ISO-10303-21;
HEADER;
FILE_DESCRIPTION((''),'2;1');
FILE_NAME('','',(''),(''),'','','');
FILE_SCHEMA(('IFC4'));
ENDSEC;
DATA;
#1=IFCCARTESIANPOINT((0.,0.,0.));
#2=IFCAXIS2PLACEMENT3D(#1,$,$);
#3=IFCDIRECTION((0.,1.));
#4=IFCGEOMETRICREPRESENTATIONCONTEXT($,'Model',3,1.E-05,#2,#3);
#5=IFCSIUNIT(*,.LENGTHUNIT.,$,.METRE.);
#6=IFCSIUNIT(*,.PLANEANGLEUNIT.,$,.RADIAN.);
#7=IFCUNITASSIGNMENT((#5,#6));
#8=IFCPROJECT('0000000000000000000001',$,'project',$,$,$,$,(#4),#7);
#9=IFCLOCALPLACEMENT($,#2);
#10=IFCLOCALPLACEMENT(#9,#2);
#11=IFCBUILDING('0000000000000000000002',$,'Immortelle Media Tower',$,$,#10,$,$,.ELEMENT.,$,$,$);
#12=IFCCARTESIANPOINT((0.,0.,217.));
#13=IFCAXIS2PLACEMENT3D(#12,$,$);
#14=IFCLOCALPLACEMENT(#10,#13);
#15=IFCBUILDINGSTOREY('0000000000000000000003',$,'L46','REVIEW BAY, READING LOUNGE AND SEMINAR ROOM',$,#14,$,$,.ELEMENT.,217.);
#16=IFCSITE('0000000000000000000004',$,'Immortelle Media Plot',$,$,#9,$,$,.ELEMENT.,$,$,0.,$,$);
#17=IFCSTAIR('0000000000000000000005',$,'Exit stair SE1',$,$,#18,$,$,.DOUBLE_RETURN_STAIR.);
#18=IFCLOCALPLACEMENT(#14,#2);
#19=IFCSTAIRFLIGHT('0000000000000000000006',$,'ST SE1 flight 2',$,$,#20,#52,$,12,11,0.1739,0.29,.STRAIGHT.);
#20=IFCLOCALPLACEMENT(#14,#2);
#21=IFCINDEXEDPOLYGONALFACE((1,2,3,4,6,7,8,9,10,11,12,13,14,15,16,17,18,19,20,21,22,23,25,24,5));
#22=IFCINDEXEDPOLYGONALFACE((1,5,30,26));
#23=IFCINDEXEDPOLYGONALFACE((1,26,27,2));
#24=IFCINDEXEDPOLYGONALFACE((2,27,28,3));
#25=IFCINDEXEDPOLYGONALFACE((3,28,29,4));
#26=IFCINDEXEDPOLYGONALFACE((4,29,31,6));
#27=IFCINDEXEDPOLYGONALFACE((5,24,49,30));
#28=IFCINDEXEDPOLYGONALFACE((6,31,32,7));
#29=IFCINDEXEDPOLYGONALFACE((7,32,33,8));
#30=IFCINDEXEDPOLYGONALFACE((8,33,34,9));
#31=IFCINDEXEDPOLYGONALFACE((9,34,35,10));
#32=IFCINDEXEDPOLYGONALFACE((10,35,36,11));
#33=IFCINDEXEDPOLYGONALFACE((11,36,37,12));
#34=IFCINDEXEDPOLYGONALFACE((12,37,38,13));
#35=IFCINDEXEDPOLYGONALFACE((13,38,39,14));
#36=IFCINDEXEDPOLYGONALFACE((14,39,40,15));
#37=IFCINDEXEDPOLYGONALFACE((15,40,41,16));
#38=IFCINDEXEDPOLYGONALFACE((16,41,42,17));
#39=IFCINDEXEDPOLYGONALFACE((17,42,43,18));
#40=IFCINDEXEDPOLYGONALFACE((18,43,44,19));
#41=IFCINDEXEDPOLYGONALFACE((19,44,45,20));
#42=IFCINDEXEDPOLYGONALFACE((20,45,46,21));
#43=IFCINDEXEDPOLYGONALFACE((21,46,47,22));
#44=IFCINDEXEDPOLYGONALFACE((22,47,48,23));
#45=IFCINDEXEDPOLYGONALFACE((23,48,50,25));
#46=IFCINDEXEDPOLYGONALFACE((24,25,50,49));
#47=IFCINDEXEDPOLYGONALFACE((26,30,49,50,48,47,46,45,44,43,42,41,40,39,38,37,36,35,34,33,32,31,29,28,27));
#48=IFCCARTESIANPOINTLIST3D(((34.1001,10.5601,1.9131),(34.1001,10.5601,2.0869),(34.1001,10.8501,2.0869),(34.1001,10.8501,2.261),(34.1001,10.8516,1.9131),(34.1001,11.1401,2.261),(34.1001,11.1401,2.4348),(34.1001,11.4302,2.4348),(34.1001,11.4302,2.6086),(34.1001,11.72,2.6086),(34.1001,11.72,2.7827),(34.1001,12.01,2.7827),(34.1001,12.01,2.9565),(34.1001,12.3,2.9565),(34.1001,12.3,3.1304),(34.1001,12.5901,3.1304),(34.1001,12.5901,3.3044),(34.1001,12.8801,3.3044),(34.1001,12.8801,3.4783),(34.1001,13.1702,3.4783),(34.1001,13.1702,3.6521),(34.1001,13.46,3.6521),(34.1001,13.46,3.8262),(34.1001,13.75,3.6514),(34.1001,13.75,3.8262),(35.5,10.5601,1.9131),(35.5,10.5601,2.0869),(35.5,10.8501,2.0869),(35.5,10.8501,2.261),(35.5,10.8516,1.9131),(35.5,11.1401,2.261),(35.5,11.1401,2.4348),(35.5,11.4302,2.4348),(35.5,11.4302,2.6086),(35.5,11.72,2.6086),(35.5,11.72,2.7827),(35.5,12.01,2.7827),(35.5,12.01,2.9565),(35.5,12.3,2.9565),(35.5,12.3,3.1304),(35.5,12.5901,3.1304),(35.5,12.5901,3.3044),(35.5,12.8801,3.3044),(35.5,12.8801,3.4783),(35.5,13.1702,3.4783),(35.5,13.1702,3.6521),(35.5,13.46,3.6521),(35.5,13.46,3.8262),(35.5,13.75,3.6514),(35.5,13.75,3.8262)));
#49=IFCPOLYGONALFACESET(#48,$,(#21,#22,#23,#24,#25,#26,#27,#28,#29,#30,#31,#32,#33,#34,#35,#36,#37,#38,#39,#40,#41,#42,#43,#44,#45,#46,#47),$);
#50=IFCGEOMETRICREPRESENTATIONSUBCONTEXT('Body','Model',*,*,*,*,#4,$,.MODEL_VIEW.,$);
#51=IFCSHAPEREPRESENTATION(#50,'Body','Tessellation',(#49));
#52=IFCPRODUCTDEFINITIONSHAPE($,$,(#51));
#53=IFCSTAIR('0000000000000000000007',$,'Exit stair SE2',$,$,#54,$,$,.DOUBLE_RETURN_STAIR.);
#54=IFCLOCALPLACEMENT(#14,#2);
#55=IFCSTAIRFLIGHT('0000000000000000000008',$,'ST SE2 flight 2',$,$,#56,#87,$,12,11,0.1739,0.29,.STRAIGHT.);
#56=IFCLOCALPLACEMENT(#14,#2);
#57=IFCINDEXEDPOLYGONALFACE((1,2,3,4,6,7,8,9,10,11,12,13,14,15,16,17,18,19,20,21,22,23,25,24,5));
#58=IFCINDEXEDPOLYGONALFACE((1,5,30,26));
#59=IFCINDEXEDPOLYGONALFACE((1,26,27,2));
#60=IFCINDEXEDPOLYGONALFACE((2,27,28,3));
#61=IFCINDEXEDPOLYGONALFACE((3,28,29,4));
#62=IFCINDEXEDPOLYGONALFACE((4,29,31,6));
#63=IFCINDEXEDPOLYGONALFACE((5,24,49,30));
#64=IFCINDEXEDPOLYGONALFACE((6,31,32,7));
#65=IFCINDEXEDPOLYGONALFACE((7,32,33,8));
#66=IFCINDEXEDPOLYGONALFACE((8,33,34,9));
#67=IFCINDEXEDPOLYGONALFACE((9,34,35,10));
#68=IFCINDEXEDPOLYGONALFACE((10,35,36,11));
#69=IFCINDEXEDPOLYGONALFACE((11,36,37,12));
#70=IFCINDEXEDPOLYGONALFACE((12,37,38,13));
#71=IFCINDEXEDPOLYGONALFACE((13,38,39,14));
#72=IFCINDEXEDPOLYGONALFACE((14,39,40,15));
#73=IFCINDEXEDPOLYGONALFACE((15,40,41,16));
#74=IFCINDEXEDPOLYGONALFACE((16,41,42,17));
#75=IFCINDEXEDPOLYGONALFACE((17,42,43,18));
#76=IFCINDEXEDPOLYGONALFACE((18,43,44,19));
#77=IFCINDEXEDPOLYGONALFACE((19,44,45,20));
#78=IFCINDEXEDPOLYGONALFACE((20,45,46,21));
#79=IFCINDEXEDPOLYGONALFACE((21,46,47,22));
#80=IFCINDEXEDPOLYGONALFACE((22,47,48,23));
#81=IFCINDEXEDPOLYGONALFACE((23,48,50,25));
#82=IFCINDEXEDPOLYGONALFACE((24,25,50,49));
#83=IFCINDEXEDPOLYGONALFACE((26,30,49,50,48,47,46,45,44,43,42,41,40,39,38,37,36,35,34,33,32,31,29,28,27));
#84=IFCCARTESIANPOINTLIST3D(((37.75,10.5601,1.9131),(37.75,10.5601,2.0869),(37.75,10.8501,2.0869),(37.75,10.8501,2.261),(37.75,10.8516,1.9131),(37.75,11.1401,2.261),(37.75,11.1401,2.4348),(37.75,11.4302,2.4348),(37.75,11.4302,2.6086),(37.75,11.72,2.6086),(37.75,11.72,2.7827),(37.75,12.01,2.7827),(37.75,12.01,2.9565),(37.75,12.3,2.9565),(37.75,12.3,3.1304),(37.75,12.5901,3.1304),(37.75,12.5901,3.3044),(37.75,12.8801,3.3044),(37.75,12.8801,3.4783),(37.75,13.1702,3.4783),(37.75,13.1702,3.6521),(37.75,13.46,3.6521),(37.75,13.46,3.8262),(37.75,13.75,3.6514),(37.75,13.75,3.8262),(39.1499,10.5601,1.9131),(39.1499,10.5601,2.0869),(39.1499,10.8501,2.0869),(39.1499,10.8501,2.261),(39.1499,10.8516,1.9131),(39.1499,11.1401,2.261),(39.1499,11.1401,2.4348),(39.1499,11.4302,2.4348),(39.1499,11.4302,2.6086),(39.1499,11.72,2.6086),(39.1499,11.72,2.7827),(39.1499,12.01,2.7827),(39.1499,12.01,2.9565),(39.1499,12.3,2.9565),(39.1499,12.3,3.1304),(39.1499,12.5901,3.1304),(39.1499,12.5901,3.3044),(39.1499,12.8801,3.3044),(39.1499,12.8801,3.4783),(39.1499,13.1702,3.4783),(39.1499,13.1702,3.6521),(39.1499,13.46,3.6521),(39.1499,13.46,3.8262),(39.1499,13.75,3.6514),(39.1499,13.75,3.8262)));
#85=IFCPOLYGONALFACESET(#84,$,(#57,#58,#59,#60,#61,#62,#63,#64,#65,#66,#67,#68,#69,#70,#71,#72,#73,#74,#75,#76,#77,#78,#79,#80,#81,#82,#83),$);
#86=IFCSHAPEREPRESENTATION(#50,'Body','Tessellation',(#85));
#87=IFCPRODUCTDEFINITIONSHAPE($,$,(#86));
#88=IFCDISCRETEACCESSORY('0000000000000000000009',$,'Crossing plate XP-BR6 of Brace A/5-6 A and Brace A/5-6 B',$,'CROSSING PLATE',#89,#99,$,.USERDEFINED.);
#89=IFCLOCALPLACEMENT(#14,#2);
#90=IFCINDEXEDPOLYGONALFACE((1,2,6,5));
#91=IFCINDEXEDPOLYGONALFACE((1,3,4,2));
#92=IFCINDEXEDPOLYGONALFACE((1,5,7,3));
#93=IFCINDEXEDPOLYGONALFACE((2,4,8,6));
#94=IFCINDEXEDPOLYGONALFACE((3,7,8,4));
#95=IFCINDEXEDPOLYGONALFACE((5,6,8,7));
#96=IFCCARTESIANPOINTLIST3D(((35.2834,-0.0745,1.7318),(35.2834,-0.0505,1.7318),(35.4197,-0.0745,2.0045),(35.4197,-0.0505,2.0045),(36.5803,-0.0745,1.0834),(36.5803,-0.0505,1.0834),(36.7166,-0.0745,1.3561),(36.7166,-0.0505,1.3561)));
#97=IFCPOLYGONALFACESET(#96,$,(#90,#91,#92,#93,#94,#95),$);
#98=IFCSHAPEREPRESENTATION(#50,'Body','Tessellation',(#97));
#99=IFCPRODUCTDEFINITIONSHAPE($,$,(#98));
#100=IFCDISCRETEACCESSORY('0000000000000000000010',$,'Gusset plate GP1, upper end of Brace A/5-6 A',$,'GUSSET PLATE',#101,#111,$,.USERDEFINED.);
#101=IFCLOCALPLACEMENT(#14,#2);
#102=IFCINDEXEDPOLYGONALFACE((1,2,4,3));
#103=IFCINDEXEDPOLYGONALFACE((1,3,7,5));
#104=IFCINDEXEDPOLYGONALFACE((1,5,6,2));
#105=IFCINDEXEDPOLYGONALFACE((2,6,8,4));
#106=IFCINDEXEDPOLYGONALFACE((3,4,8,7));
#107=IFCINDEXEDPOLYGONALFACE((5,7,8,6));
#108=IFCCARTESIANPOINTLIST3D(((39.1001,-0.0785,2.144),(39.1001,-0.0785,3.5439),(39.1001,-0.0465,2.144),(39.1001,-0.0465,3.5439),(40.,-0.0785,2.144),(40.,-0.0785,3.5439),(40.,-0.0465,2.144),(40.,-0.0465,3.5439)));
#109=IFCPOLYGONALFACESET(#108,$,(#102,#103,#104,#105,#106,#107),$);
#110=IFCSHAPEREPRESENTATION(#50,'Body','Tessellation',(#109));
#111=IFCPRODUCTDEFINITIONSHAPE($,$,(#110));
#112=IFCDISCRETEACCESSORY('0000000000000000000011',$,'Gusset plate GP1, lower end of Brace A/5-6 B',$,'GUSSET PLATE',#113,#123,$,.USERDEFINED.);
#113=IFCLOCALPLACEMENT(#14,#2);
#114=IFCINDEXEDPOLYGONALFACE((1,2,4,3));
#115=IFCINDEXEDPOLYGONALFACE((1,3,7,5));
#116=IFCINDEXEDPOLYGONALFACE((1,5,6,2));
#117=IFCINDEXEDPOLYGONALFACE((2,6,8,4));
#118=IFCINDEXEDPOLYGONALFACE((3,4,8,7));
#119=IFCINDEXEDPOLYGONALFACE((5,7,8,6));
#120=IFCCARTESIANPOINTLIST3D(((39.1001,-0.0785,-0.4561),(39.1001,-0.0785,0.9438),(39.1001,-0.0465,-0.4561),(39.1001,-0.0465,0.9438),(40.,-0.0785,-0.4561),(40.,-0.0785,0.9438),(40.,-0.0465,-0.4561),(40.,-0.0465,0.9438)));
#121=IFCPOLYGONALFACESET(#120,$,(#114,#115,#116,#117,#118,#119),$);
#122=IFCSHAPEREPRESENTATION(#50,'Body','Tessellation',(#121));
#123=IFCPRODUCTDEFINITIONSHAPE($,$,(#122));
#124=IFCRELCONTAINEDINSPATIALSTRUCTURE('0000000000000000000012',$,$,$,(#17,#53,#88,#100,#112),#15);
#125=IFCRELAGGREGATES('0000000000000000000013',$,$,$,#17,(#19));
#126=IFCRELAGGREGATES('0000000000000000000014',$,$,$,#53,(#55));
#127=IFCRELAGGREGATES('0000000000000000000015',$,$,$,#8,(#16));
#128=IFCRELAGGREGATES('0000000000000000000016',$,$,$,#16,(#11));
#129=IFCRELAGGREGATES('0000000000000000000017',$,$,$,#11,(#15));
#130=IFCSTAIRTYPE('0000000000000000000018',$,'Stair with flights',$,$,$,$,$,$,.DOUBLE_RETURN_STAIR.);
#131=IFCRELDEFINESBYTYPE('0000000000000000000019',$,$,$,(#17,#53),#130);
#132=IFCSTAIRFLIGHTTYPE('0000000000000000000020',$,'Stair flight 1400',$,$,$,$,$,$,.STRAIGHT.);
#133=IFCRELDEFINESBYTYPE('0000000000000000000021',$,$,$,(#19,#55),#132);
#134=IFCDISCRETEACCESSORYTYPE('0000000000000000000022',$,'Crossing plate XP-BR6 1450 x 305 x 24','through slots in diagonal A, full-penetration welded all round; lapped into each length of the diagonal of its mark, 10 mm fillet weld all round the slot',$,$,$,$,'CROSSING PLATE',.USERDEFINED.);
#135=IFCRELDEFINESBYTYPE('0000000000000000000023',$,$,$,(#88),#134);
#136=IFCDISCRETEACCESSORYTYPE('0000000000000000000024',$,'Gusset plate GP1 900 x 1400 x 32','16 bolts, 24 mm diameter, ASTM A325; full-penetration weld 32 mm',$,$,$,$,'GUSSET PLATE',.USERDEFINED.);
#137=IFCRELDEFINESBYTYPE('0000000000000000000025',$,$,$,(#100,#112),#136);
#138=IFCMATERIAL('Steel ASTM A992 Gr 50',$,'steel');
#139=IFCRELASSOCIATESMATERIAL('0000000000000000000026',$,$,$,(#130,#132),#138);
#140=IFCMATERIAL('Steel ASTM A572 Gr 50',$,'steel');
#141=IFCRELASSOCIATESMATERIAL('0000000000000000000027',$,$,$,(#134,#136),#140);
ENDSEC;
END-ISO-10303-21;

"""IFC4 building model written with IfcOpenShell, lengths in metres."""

from ifc_helpers import new_model, si_unit, direction, frame, origin, origin_2d, place, context, subcontext, project, spatial, polyline, rectangle, outline, extrude, material, material_profile, profile_set, type_object, element, aggregate, save


model = new_model("IFC4")

# Units and contexts
model_context = context("Model", 3, precision=1e-05, world=origin(), true_north=direction((0.0, 1.0)))
body_context = subcontext(model_context, "Body", "Model", "MODEL_VIEW")
ifc_project = project(units=[si_unit("LENGTHUNIT", "METRE"), si_unit("PLANEANGLEUNIT", "RADIAN")], contexts=[model_context])

# Site, building, storey
site_placement = place(None, origin())
site = spatial("IfcSite", under=ifc_project, at=site_placement, Name="Immortelle Media Plot", CompositionType="ELEMENT", RefElevation=0.0)
building_placement = place(site_placement, origin())
building = spatial("IfcBuilding", under=site, at=building_placement, Name="Immortelle Media Tower", CompositionType="ELEMENT")
storey_placement = place(building_placement, frame((0.0, 0.0, 217.0)))
storey = spatial("IfcBuildingStorey", under=building, at=storey_placement, Name="L46", Description="REVIEW BAY, READING LOUNGE AND SEMINAR ROOM", CompositionType="ELEMENT", Elevation=217.0)

# Shared definitions
ifc_material_1 = material(Name="Steel ASTM A992 Gr 50", Category="steel")

# Stairs, stair flights
stair_type = type_object("IfcStairType", Name="Stair with flights", PredefinedType="DOUBLE_RETURN_STAIR", material=ifc_material_1)
stair_1_placement = place(storey_placement, origin())
stair_1 = element("IfcStair", 1, at=stair_1_placement, inside=storey, type_object=stair_type, Name="Exit stair SE1", PredefinedType="DOUBLE_RETURN_STAIR")
stair_flight_type = type_object("IfcStairFlightType", Name="Stair flight 1400", PredefinedType="STRAIGHT", material=ifc_material_1)
stair_flight_1_placement = place(storey_placement, frame((34.8, 10.5601, 1.9131), z_axis=(0.0, 0.0, 1.0), x_axis=(0.0, 1.0, 0.0)))
stair_flight_1 = element("IfcStairFlight", 2, at=stair_flight_1_placement, type_object=stair_flight_type, Name="ST SE1 flight 2", NumberOfRisers=12, NumberOfTreads=11, PredefinedType="STRAIGHT", RiserHeight=0.1739, TreadLength=0.29, context=body_context, shape_type="SweptSolid", body=[
    extrude(outline(polyline([(0.0, 0.0), (0.0, 0.1738), (0.29, 0.1738), (0.29, 0.3479), (0.5801, 0.3479), (0.5801, 0.5217), (0.8701, 0.5217), (0.8701, 0.6956), (1.1599, 0.6956), (1.1599, 0.8696), (1.45, 0.8696), (1.45, 1.0435), (1.74, 1.0435), (1.74, 1.2173), (2.03, 1.2173), (2.03, 1.3914), (2.3201, 1.3914), (2.3201, 1.5652), (2.6101, 1.5652), (2.6101, 1.739), (2.8999, 1.739), (2.8999, 1.9131), (3.1899, 1.9131), (3.1899, 2.0869), (3.1899, 1.7383), (0.2915, 0.0), (0.0, 0.0)])), frame((0.0, 0.7, 0.0), z_axis=(0.0, -1.0, 0.0), x_axis=(1.0, 0.0, 0.0)), (0.0, 0.0, 1.0), 1.3999),
])
aggregate(stair_1, [stair_flight_1])
stair_2_placement = place(storey_placement, origin())
stair_2 = element("IfcStair", 3, at=stair_2_placement, inside=storey, type_object=stair_type, Name="Exit stair SE2", PredefinedType="DOUBLE_RETURN_STAIR")
stair_flight_2_placement = place(storey_placement, frame((38.45, 10.5601, 1.9131), z_axis=(0.0, 0.0, 1.0), x_axis=(0.0, 1.0, 0.0)))
stair_flight_2 = element("IfcStairFlight", 4, at=stair_flight_2_placement, type_object=stair_flight_type, Name="ST SE2 flight 2", NumberOfRisers=12, NumberOfTreads=11, PredefinedType="STRAIGHT", RiserHeight=0.1739, TreadLength=0.29, context=body_context, shape_type="SweptSolid", body=[
    extrude(outline(polyline([(0.0, 0.0), (0.0, 0.1738), (0.29, 0.1738), (0.29, 0.3479), (0.5801, 0.3479), (0.5801, 0.5217), (0.8701, 0.5217), (0.8701, 0.6956), (1.1599, 0.6956), (1.1599, 0.8696), (1.45, 0.8696), (1.45, 1.0435), (1.74, 1.0435), (1.74, 1.2173), (2.03, 1.2173), (2.03, 1.3914), (2.3201, 1.3914), (2.3201, 1.5652), (2.6101, 1.5652), (2.6101, 1.739), (2.8999, 1.739), (2.8999, 1.9131), (3.1899, 1.9131), (3.1899, 2.0869), (3.1899, 1.7383), (0.2915, 0.0), (0.0, 0.0)])), frame((0.0, 0.7, 0.0), z_axis=(0.0, -1.0, 0.0), x_axis=(1.0, 0.0, 0.0)), (0.0, 0.0, 1.0), 1.3999),
])
aggregate(stair_2, [stair_flight_2])

# Discrete accessories
ifc_material_2 = material(Name="Steel ASTM A572 Gr 50", Category="steel")
ifc_material_profile_1 = material_profile(ifc_material_2, rectangle(XDim=0.0239, YDim=0.3049, at=origin_2d()), Name="PL 24 x 305")
ifc_profile_set_1 = profile_set([ifc_material_profile_1], Name="Steel ASTM A572 Gr 50")
discrete_accessory_type_1 = type_object("IfcDiscreteAccessoryType", Name="Crossing plate XP-BR6 1450 x 305 x 24", Description="through slots in diagonal A, full-penetration welded all round; lapped into each length of the diagonal of its mark, 10 mm fillet weld all round the slot", ElementType="CROSSING PLATE", PredefinedType="USERDEFINED", material=ifc_profile_set_1)
discrete_accessory_placement = place(storey_placement, frame((35.3516, -0.0625, 1.8682), z_axis=(0.894427, 0.0, -0.447214), x_axis=(0.0, 1.0, 0.0)))
element("IfcDiscreteAccessory", 5, at=discrete_accessory_placement, inside=storey, type_object=discrete_accessory_type_1, Name="Crossing plate XP-BR6 of Brace A/5-6 A and Brace A/5-6 B", ObjectType="CROSSING PLATE", PredefinedType="USERDEFINED", context=body_context, shape_type="SweptSolid", body=[
    extrude(rectangle(XDim=0.0239, YDim=0.3049, at=origin_2d()), origin(), (0.0, 0.0, 1.0), 1.45),
])
ifc_material_profile_2 = material_profile(ifc_material_2, rectangle(XDim=0.032, YDim=1.3999, at=origin_2d()), Name="PL 32 x 1400")
ifc_profile_set_2 = profile_set([ifc_material_profile_2], Name="Steel ASTM A572 Gr 50")
discrete_accessory_type_2 = type_object("IfcDiscreteAccessoryType", Name="Gusset plate GP1 900 x 1400 x 32", Description="16 bolts, 24 mm diameter, ASTM A325; full-penetration weld 32 mm", ElementType="GUSSET PLATE", PredefinedType="USERDEFINED", material=ifc_profile_set_2)
for number, where, z_axis, x_axis, name in (
    (6, (40.0, -0.0625, 2.844), (-1.0, 0.0, 0.0), (0.0, -1.0, 0.0), "Gusset plate GP1, upper end of Brace A/5-6 A"),
    (7, (40.0, -0.0625, 0.2439), (-1.0, 0.0, 0.0), (0.0, -1.0, 0.0), "Gusset plate GP1, lower end of Brace A/5-6 B"),
):
    element("IfcDiscreteAccessory", number, at=place(storey_placement, frame(where, z_axis=z_axis, x_axis=x_axis)), inside=storey, type_object=discrete_accessory_type_2, Name=name, ObjectType="GUSSET PLATE", PredefinedType="USERDEFINED", context=body_context, shape_type="SweptSolid", body=[
        extrude(rectangle(XDim=0.032, YDim=1.3999, at=origin_2d()), origin(), (0.0, 0.0, 1.0), 0.8999),
    ])

save(model, "model.ifc")
